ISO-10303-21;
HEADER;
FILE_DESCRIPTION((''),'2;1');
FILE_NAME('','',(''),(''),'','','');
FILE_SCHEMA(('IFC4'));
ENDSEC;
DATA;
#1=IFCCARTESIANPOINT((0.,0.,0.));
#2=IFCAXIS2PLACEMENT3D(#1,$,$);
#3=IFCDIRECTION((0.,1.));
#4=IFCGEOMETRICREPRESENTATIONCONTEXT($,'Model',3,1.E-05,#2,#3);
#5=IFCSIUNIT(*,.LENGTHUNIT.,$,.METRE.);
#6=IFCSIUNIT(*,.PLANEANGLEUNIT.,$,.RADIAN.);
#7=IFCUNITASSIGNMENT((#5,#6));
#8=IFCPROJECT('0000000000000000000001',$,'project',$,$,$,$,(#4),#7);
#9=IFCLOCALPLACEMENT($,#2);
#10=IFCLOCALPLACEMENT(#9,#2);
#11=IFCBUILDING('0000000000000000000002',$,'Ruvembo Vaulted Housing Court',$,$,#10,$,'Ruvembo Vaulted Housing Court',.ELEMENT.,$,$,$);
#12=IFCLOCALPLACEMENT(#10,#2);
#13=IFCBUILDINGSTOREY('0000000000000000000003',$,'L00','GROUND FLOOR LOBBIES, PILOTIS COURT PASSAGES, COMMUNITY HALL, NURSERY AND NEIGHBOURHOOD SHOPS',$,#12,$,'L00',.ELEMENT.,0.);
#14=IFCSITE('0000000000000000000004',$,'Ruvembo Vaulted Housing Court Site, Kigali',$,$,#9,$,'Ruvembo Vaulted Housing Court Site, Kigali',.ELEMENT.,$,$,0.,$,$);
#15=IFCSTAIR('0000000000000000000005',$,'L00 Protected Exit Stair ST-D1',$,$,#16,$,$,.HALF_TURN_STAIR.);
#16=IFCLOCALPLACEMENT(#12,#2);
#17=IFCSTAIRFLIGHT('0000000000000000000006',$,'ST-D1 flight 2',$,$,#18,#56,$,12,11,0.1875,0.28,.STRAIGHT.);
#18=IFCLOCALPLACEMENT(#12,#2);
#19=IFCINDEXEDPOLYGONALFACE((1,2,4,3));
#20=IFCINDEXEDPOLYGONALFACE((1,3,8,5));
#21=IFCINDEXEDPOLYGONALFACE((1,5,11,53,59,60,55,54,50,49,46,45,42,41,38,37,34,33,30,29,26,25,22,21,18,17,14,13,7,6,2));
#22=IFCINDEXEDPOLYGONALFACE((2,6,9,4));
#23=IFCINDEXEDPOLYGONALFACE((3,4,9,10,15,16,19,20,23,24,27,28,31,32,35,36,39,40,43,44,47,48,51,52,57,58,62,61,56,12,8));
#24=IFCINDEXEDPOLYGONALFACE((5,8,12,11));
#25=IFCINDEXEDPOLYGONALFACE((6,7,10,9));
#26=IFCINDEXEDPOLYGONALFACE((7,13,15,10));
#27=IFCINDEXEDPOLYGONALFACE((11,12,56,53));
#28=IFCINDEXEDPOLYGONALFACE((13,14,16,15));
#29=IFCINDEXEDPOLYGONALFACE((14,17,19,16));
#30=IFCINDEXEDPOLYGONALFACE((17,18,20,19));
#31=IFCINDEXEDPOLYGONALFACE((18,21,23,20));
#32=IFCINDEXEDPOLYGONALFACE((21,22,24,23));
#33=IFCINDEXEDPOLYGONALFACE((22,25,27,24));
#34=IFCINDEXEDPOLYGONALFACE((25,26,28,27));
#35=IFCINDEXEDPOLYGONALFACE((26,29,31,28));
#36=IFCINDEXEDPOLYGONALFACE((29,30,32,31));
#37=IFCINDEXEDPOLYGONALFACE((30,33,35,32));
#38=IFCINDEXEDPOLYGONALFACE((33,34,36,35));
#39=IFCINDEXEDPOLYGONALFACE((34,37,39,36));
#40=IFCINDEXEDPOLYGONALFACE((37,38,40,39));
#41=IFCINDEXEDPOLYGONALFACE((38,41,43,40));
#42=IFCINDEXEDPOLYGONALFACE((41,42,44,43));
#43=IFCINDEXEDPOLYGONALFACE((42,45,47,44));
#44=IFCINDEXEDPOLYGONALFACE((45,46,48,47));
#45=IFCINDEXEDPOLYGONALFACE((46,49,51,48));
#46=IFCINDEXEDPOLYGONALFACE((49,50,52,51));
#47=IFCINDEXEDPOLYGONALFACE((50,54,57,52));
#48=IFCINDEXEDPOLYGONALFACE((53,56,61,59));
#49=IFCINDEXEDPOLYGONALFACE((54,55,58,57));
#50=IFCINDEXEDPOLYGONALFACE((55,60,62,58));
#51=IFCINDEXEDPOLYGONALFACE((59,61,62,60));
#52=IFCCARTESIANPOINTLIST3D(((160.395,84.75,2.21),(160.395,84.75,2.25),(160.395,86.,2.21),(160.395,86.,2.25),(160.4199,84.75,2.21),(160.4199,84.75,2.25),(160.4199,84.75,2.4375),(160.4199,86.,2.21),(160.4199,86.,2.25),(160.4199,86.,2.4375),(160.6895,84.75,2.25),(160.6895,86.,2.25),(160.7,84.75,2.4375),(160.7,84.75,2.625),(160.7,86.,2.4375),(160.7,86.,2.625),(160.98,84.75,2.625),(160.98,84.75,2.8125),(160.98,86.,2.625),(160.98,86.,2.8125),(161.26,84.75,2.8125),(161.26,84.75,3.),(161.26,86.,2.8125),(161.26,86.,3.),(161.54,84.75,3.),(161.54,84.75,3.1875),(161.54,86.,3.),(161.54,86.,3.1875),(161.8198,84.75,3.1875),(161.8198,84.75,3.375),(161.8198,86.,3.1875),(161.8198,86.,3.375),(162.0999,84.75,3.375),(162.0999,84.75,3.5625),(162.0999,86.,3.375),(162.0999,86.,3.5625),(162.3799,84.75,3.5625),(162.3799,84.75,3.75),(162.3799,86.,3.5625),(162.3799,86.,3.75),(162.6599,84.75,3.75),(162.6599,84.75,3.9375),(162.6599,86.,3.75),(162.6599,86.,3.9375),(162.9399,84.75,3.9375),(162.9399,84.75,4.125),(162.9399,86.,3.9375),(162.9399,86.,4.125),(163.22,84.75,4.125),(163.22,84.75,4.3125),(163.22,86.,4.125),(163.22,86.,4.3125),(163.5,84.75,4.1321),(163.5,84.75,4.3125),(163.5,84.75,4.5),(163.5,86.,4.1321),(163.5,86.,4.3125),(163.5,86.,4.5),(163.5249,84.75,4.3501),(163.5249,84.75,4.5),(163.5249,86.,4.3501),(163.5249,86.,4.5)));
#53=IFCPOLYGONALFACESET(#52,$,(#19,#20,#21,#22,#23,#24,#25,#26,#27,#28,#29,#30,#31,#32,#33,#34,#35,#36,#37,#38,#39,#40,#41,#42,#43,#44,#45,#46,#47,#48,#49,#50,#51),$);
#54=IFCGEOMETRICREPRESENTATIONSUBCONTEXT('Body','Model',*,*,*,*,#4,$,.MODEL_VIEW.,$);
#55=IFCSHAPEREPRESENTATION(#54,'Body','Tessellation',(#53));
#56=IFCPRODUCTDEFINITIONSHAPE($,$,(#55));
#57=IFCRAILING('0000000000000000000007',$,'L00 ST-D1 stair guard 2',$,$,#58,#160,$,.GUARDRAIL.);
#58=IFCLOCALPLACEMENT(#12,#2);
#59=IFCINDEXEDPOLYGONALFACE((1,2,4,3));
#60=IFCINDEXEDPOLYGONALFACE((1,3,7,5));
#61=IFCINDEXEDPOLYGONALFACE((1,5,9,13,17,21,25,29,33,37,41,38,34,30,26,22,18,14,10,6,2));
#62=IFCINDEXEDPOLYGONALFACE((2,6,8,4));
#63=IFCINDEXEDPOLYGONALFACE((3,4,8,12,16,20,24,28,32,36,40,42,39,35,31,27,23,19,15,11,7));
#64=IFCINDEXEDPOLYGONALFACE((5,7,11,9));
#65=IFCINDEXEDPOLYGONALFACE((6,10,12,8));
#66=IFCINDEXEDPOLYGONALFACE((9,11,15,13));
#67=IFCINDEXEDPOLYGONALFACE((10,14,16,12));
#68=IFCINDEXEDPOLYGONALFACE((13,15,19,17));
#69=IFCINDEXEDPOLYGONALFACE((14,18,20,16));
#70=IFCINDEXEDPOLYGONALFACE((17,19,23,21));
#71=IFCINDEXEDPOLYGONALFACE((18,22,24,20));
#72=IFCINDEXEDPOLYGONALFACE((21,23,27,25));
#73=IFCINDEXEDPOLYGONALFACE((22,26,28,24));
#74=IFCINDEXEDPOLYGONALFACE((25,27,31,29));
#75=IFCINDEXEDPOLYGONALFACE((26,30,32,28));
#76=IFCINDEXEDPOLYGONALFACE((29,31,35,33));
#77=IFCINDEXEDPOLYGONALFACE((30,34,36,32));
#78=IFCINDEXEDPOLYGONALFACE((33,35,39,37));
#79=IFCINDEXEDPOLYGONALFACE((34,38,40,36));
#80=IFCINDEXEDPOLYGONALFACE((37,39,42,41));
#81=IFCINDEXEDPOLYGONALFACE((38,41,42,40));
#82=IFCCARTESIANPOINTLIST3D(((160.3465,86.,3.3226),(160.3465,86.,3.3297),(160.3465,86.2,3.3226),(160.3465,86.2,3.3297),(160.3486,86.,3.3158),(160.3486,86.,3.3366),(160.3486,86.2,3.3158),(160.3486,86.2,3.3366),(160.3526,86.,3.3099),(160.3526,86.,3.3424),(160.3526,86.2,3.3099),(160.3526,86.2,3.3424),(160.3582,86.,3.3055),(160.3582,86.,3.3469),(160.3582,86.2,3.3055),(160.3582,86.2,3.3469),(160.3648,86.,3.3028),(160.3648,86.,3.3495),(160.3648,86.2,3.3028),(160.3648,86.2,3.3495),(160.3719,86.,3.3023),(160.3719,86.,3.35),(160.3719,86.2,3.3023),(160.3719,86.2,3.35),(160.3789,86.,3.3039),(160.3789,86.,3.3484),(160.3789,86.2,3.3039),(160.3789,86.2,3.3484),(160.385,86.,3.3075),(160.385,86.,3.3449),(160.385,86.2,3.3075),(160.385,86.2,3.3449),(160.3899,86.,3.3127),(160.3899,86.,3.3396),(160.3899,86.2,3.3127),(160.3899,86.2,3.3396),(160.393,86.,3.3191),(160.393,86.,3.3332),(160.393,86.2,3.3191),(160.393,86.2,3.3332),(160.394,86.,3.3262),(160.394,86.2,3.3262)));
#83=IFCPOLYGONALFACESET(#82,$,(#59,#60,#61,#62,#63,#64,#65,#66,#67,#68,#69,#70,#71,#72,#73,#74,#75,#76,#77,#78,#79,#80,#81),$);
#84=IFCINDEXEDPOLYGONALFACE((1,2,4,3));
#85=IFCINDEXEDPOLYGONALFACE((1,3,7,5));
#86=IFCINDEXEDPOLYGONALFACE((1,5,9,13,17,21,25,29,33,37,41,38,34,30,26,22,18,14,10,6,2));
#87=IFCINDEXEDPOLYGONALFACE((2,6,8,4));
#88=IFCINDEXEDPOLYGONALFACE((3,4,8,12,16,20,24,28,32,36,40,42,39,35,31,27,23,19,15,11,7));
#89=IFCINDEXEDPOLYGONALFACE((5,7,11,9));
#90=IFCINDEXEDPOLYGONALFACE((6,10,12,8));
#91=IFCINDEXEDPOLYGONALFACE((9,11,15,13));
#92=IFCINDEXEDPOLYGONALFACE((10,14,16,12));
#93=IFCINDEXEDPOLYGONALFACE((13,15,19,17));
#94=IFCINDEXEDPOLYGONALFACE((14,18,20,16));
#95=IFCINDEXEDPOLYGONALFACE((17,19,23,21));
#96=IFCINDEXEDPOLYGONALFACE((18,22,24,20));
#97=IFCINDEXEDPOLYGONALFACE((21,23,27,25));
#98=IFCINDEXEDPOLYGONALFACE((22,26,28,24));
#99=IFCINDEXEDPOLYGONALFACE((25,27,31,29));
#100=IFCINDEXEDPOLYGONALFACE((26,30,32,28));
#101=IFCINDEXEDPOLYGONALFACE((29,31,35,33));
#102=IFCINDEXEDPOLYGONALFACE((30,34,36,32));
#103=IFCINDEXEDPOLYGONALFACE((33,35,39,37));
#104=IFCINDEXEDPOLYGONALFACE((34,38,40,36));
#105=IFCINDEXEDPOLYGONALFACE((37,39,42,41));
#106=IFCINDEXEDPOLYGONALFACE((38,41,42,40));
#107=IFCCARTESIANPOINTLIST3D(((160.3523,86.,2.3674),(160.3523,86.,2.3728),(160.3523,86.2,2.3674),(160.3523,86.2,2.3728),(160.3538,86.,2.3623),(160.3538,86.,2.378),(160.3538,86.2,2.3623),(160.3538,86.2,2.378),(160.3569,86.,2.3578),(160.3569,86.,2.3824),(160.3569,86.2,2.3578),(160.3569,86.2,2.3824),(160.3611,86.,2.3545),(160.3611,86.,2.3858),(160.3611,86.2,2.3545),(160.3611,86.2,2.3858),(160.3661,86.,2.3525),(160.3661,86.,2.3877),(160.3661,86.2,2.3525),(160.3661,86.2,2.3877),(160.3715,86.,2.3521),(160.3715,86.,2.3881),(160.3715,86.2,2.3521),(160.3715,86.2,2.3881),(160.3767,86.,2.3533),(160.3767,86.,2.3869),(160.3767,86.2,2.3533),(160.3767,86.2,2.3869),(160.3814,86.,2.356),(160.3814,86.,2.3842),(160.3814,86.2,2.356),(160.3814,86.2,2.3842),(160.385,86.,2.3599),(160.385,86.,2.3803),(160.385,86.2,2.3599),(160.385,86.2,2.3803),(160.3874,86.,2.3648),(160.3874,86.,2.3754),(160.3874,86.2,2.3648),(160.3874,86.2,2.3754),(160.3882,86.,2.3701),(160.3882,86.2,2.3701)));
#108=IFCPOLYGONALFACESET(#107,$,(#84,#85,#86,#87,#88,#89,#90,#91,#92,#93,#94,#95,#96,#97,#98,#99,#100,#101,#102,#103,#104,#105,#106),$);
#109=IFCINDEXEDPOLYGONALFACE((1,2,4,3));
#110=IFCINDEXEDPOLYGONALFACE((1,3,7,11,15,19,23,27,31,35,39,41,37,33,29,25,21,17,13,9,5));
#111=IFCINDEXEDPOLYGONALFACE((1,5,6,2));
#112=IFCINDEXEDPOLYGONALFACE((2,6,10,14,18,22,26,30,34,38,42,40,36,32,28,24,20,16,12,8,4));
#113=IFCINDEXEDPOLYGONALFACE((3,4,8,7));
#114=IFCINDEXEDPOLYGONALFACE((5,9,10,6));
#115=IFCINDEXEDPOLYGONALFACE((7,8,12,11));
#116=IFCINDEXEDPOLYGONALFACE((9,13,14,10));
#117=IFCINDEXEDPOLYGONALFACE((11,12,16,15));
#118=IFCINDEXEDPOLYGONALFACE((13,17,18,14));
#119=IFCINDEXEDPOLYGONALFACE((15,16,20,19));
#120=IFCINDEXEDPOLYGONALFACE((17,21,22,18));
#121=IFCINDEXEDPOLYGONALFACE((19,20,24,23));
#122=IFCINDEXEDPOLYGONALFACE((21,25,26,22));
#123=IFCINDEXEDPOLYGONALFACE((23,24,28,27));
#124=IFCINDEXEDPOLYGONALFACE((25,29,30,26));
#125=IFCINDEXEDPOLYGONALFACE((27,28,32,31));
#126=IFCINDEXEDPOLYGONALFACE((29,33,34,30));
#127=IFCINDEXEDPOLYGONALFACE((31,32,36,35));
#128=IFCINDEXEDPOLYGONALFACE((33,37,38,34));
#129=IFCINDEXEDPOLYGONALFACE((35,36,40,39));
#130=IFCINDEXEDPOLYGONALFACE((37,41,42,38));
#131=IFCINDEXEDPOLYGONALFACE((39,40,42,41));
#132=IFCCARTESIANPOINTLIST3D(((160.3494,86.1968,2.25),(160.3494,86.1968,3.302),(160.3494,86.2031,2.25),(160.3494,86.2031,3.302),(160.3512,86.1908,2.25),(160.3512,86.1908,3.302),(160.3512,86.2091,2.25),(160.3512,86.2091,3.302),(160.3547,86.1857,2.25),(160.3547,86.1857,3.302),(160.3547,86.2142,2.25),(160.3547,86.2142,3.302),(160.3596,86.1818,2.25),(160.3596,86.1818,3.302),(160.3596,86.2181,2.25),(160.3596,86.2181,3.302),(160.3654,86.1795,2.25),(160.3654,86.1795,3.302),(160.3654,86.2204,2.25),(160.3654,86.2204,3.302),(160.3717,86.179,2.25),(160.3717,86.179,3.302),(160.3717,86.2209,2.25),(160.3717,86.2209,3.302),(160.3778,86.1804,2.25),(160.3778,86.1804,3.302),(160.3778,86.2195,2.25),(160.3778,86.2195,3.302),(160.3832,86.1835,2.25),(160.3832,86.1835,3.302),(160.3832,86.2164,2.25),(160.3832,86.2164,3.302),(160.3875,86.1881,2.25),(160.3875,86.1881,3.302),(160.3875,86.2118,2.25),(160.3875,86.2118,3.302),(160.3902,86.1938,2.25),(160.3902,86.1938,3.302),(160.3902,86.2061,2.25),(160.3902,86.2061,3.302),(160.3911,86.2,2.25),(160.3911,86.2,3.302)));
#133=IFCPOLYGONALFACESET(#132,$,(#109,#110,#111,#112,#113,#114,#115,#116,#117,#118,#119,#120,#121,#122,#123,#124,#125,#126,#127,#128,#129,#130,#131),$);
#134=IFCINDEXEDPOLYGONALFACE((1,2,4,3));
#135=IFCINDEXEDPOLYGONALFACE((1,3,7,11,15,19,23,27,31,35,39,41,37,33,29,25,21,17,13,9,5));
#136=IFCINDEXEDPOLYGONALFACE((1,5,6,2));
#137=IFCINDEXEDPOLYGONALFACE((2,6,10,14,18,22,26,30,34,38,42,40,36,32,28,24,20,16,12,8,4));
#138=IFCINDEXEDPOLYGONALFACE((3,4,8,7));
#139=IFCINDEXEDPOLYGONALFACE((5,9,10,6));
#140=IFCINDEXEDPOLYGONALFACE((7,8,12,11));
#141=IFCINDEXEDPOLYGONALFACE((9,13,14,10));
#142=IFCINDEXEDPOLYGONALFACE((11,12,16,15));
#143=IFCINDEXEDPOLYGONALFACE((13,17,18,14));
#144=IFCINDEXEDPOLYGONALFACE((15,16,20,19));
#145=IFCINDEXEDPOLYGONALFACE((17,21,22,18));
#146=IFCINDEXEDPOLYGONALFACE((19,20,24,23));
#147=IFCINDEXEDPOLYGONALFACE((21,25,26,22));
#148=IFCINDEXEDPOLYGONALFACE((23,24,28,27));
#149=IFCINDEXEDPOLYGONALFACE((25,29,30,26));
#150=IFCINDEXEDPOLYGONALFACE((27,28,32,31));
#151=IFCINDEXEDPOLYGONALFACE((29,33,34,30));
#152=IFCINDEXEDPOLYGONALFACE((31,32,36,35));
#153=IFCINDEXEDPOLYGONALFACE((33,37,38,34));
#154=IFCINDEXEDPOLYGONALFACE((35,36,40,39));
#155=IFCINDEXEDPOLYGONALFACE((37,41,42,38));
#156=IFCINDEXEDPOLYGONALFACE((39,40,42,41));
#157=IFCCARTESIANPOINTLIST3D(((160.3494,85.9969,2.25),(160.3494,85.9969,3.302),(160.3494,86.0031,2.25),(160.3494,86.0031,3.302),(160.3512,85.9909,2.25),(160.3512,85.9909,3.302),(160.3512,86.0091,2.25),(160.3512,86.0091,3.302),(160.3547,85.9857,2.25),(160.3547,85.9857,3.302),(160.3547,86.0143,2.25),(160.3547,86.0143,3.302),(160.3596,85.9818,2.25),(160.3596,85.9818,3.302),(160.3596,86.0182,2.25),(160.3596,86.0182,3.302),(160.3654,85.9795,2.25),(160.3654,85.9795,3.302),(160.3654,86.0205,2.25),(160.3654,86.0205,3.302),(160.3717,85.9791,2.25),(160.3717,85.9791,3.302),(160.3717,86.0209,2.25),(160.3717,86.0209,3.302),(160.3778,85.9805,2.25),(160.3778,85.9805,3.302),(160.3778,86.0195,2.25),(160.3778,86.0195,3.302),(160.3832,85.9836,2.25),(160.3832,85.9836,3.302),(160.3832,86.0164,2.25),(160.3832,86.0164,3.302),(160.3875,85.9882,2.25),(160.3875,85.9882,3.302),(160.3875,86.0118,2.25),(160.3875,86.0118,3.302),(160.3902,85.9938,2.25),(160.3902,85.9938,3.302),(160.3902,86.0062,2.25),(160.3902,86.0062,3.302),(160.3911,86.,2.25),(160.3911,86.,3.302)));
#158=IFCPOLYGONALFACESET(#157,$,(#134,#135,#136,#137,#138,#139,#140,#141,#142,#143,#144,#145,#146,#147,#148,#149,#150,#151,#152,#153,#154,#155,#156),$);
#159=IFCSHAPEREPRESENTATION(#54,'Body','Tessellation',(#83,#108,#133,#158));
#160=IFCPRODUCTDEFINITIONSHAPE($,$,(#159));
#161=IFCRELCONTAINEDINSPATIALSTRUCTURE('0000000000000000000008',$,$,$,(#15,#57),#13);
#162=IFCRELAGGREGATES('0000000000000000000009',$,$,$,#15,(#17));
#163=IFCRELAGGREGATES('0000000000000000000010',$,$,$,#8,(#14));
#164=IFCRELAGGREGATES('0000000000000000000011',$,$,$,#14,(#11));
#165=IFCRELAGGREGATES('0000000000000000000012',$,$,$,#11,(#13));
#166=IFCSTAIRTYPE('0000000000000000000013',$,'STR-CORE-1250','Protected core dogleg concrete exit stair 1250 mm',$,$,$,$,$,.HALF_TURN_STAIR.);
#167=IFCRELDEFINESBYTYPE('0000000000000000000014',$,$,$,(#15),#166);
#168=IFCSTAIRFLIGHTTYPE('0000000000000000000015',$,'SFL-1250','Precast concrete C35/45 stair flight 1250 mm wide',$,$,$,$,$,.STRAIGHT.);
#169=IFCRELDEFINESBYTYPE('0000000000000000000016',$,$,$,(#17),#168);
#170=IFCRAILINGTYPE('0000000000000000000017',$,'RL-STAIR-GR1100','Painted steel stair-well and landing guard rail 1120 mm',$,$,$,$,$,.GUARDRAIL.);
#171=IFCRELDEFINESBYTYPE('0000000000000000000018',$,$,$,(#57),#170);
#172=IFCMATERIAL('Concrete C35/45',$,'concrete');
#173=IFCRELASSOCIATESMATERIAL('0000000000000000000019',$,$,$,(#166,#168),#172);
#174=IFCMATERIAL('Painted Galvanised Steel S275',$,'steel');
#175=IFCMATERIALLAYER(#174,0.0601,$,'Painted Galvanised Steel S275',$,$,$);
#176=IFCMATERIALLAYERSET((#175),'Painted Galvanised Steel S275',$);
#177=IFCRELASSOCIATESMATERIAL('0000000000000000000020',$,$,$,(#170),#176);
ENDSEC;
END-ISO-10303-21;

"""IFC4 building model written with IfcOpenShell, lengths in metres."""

from ifc_helpers import new_model, si_unit, direction, frame, origin, origin_2d, place, context, subcontext, project, spatial, polyline, circle, outline, extrude, material, layer, layer_set, type_object, element, aggregate, save


model = new_model("IFC4")

# Units and contexts
model_context = context("Model", 3, precision=1e-05, world=origin(), true_north=direction((0.0, 1.0)))
body_context = subcontext(model_context, "Body", "Model", "MODEL_VIEW")
ifc_project = project(units=[si_unit("LENGTHUNIT", "METRE"), si_unit("PLANEANGLEUNIT", "RADIAN")], contexts=[model_context])

# Site, building, storey
site_placement = place(None, origin())
site = spatial("IfcSite", under=ifc_project, at=site_placement, Name="Ruvembo Vaulted Housing Court Site, Kigali", LongName="Ruvembo Vaulted Housing Court Site, Kigali", CompositionType="ELEMENT", RefElevation=0.0)
building_placement = place(site_placement, origin())
building = spatial("IfcBuilding", under=site, at=building_placement, Name="Ruvembo Vaulted Housing Court", LongName="Ruvembo Vaulted Housing Court", CompositionType="ELEMENT")
storey_placement = place(building_placement, origin())
storey = spatial("IfcBuildingStorey", under=building, at=storey_placement, Name="L00", Description="GROUND FLOOR LOBBIES, PILOTIS COURT PASSAGES, COMMUNITY HALL, NURSERY AND NEIGHBOURHOOD SHOPS", LongName="L00", CompositionType="ELEMENT", Elevation=0.0)

# Shared definitions
ifc_material_1 = material(Name="Concrete C35/45", Category="concrete")

# Stair, stair flight
stair_type = type_object("IfcStairType", Name="STR-CORE-1250", Description="Protected core dogleg concrete exit stair 1250 mm", PredefinedType="HALF_TURN_STAIR", material=ifc_material_1)
stair_placement = place(storey_placement, origin())
stair = element("IfcStair", 1, at=stair_placement, inside=storey, type_object=stair_type, Name="L00 Protected Exit Stair ST-D1", PredefinedType="HALF_TURN_STAIR")
stair_flight_type = type_object("IfcStairFlightType", Name="SFL-1250", Description="Precast concrete C35/45 stair flight 1250 mm wide", PredefinedType="STRAIGHT", material=ifc_material_1)
stair_flight_1_placement = place(storey_placement, frame((160.4199, 85.375, 2.25), z_axis=(0.0, 0.0, 1.0), x_axis=(1.0, 0.0, 0.0)))
stair_flight_1 = element("IfcStairFlight", 2, at=stair_flight_1_placement, type_object=stair_flight_type, Name="ST-D1 flight 2", NumberOfRisers=12, NumberOfTreads=11, PredefinedType="STRAIGHT", RiserHeight=0.1875, TreadLength=0.28, context=body_context, shape_type="SweptSolid", body=[
    extrude(outline(polyline([(-0.0249, -0.04), (-0.0249, 0.0), (0.0, 0.0), (0.0, 0.1875), (0.28, 0.1875), (0.28, 0.375), (0.5601, 0.375), (0.5601, 0.5625), (0.8401, 0.5625), (0.8401, 0.75), (1.1201, 0.75), (1.1201, 0.9375), (1.3999, 0.9375), (1.3999, 1.125), (1.6799, 1.125), (1.6799, 1.3125), (1.96, 1.3125), (1.96, 1.5), (2.24, 1.5), (2.24, 1.6875), (2.52, 1.6875), (2.52, 1.875), (2.8, 1.875), (2.8, 2.0625), (3.0801, 2.0625), (3.0801, 2.25), (3.105, 2.25), (3.105, 2.1001), (3.0801, 1.8821), (0.2695, 0.0), (0.0, -0.04), (-0.0249, -0.04)])), frame((0.0, 0.625, 0.0), z_axis=(0.0, -1.0, 0.0), x_axis=(1.0, 0.0, 0.0)), (0.0, 0.0, 1.0), 1.25),
])
aggregate(stair, [stair_flight_1])

# Railing
ifc_material_2 = material(Name="Painted Galvanised Steel S275", Category="steel")
ifc_layer_1 = layer(ifc_material_2, 0.0601, Name="Painted Galvanised Steel S275")
ifc_layer_set_1 = layer_set([ifc_layer_1], Name="Painted Galvanised Steel S275")
railing_type_1 = type_object("IfcRailingType", Name="RL-STAIR-GR1100", Description="Painted steel stair-well and landing guard rail 1120 mm", PredefinedType="GUARDRAIL", material=ifc_layer_set_1)
railing_1_placement = place(storey_placement, frame((160.3701, 86.2, 2.25)))
element("IfcRailing", 3, at=railing_1_placement, inside=storey, type_object=railing_type_1, Name="L00 ST-D1 stair guard 2", PredefinedType="GUARDRAIL", context=body_context, shape_type="SweptSolid", body=[
    extrude(circle(Radius=0.0239, at=origin_2d()), frame((0.0, 0.0, 1.0762), z_axis=(0.0, -1.0, 0.0), x_axis=(1.0, 0.0, 0.0)), (0.0, 0.0, 1.0), 0.2),
    extrude(circle(Radius=0.0181, at=origin_2d()), frame((0.0, 0.0, 0.1201), z_axis=(0.0, -1.0, 0.0), x_axis=(1.0, 0.0, 0.0)), (0.0, 0.0, 1.0), 0.2),
    extrude(circle(Radius=0.021, at=origin_2d()), origin(), (0.0, 0.0, 1.0), 1.052),
    extrude(circle(Radius=0.021, at=origin_2d()), frame((0.0, -0.2, 0.0)), (0.0, 0.0, 1.0), 1.052),
])

save(model, "model.ifc")
